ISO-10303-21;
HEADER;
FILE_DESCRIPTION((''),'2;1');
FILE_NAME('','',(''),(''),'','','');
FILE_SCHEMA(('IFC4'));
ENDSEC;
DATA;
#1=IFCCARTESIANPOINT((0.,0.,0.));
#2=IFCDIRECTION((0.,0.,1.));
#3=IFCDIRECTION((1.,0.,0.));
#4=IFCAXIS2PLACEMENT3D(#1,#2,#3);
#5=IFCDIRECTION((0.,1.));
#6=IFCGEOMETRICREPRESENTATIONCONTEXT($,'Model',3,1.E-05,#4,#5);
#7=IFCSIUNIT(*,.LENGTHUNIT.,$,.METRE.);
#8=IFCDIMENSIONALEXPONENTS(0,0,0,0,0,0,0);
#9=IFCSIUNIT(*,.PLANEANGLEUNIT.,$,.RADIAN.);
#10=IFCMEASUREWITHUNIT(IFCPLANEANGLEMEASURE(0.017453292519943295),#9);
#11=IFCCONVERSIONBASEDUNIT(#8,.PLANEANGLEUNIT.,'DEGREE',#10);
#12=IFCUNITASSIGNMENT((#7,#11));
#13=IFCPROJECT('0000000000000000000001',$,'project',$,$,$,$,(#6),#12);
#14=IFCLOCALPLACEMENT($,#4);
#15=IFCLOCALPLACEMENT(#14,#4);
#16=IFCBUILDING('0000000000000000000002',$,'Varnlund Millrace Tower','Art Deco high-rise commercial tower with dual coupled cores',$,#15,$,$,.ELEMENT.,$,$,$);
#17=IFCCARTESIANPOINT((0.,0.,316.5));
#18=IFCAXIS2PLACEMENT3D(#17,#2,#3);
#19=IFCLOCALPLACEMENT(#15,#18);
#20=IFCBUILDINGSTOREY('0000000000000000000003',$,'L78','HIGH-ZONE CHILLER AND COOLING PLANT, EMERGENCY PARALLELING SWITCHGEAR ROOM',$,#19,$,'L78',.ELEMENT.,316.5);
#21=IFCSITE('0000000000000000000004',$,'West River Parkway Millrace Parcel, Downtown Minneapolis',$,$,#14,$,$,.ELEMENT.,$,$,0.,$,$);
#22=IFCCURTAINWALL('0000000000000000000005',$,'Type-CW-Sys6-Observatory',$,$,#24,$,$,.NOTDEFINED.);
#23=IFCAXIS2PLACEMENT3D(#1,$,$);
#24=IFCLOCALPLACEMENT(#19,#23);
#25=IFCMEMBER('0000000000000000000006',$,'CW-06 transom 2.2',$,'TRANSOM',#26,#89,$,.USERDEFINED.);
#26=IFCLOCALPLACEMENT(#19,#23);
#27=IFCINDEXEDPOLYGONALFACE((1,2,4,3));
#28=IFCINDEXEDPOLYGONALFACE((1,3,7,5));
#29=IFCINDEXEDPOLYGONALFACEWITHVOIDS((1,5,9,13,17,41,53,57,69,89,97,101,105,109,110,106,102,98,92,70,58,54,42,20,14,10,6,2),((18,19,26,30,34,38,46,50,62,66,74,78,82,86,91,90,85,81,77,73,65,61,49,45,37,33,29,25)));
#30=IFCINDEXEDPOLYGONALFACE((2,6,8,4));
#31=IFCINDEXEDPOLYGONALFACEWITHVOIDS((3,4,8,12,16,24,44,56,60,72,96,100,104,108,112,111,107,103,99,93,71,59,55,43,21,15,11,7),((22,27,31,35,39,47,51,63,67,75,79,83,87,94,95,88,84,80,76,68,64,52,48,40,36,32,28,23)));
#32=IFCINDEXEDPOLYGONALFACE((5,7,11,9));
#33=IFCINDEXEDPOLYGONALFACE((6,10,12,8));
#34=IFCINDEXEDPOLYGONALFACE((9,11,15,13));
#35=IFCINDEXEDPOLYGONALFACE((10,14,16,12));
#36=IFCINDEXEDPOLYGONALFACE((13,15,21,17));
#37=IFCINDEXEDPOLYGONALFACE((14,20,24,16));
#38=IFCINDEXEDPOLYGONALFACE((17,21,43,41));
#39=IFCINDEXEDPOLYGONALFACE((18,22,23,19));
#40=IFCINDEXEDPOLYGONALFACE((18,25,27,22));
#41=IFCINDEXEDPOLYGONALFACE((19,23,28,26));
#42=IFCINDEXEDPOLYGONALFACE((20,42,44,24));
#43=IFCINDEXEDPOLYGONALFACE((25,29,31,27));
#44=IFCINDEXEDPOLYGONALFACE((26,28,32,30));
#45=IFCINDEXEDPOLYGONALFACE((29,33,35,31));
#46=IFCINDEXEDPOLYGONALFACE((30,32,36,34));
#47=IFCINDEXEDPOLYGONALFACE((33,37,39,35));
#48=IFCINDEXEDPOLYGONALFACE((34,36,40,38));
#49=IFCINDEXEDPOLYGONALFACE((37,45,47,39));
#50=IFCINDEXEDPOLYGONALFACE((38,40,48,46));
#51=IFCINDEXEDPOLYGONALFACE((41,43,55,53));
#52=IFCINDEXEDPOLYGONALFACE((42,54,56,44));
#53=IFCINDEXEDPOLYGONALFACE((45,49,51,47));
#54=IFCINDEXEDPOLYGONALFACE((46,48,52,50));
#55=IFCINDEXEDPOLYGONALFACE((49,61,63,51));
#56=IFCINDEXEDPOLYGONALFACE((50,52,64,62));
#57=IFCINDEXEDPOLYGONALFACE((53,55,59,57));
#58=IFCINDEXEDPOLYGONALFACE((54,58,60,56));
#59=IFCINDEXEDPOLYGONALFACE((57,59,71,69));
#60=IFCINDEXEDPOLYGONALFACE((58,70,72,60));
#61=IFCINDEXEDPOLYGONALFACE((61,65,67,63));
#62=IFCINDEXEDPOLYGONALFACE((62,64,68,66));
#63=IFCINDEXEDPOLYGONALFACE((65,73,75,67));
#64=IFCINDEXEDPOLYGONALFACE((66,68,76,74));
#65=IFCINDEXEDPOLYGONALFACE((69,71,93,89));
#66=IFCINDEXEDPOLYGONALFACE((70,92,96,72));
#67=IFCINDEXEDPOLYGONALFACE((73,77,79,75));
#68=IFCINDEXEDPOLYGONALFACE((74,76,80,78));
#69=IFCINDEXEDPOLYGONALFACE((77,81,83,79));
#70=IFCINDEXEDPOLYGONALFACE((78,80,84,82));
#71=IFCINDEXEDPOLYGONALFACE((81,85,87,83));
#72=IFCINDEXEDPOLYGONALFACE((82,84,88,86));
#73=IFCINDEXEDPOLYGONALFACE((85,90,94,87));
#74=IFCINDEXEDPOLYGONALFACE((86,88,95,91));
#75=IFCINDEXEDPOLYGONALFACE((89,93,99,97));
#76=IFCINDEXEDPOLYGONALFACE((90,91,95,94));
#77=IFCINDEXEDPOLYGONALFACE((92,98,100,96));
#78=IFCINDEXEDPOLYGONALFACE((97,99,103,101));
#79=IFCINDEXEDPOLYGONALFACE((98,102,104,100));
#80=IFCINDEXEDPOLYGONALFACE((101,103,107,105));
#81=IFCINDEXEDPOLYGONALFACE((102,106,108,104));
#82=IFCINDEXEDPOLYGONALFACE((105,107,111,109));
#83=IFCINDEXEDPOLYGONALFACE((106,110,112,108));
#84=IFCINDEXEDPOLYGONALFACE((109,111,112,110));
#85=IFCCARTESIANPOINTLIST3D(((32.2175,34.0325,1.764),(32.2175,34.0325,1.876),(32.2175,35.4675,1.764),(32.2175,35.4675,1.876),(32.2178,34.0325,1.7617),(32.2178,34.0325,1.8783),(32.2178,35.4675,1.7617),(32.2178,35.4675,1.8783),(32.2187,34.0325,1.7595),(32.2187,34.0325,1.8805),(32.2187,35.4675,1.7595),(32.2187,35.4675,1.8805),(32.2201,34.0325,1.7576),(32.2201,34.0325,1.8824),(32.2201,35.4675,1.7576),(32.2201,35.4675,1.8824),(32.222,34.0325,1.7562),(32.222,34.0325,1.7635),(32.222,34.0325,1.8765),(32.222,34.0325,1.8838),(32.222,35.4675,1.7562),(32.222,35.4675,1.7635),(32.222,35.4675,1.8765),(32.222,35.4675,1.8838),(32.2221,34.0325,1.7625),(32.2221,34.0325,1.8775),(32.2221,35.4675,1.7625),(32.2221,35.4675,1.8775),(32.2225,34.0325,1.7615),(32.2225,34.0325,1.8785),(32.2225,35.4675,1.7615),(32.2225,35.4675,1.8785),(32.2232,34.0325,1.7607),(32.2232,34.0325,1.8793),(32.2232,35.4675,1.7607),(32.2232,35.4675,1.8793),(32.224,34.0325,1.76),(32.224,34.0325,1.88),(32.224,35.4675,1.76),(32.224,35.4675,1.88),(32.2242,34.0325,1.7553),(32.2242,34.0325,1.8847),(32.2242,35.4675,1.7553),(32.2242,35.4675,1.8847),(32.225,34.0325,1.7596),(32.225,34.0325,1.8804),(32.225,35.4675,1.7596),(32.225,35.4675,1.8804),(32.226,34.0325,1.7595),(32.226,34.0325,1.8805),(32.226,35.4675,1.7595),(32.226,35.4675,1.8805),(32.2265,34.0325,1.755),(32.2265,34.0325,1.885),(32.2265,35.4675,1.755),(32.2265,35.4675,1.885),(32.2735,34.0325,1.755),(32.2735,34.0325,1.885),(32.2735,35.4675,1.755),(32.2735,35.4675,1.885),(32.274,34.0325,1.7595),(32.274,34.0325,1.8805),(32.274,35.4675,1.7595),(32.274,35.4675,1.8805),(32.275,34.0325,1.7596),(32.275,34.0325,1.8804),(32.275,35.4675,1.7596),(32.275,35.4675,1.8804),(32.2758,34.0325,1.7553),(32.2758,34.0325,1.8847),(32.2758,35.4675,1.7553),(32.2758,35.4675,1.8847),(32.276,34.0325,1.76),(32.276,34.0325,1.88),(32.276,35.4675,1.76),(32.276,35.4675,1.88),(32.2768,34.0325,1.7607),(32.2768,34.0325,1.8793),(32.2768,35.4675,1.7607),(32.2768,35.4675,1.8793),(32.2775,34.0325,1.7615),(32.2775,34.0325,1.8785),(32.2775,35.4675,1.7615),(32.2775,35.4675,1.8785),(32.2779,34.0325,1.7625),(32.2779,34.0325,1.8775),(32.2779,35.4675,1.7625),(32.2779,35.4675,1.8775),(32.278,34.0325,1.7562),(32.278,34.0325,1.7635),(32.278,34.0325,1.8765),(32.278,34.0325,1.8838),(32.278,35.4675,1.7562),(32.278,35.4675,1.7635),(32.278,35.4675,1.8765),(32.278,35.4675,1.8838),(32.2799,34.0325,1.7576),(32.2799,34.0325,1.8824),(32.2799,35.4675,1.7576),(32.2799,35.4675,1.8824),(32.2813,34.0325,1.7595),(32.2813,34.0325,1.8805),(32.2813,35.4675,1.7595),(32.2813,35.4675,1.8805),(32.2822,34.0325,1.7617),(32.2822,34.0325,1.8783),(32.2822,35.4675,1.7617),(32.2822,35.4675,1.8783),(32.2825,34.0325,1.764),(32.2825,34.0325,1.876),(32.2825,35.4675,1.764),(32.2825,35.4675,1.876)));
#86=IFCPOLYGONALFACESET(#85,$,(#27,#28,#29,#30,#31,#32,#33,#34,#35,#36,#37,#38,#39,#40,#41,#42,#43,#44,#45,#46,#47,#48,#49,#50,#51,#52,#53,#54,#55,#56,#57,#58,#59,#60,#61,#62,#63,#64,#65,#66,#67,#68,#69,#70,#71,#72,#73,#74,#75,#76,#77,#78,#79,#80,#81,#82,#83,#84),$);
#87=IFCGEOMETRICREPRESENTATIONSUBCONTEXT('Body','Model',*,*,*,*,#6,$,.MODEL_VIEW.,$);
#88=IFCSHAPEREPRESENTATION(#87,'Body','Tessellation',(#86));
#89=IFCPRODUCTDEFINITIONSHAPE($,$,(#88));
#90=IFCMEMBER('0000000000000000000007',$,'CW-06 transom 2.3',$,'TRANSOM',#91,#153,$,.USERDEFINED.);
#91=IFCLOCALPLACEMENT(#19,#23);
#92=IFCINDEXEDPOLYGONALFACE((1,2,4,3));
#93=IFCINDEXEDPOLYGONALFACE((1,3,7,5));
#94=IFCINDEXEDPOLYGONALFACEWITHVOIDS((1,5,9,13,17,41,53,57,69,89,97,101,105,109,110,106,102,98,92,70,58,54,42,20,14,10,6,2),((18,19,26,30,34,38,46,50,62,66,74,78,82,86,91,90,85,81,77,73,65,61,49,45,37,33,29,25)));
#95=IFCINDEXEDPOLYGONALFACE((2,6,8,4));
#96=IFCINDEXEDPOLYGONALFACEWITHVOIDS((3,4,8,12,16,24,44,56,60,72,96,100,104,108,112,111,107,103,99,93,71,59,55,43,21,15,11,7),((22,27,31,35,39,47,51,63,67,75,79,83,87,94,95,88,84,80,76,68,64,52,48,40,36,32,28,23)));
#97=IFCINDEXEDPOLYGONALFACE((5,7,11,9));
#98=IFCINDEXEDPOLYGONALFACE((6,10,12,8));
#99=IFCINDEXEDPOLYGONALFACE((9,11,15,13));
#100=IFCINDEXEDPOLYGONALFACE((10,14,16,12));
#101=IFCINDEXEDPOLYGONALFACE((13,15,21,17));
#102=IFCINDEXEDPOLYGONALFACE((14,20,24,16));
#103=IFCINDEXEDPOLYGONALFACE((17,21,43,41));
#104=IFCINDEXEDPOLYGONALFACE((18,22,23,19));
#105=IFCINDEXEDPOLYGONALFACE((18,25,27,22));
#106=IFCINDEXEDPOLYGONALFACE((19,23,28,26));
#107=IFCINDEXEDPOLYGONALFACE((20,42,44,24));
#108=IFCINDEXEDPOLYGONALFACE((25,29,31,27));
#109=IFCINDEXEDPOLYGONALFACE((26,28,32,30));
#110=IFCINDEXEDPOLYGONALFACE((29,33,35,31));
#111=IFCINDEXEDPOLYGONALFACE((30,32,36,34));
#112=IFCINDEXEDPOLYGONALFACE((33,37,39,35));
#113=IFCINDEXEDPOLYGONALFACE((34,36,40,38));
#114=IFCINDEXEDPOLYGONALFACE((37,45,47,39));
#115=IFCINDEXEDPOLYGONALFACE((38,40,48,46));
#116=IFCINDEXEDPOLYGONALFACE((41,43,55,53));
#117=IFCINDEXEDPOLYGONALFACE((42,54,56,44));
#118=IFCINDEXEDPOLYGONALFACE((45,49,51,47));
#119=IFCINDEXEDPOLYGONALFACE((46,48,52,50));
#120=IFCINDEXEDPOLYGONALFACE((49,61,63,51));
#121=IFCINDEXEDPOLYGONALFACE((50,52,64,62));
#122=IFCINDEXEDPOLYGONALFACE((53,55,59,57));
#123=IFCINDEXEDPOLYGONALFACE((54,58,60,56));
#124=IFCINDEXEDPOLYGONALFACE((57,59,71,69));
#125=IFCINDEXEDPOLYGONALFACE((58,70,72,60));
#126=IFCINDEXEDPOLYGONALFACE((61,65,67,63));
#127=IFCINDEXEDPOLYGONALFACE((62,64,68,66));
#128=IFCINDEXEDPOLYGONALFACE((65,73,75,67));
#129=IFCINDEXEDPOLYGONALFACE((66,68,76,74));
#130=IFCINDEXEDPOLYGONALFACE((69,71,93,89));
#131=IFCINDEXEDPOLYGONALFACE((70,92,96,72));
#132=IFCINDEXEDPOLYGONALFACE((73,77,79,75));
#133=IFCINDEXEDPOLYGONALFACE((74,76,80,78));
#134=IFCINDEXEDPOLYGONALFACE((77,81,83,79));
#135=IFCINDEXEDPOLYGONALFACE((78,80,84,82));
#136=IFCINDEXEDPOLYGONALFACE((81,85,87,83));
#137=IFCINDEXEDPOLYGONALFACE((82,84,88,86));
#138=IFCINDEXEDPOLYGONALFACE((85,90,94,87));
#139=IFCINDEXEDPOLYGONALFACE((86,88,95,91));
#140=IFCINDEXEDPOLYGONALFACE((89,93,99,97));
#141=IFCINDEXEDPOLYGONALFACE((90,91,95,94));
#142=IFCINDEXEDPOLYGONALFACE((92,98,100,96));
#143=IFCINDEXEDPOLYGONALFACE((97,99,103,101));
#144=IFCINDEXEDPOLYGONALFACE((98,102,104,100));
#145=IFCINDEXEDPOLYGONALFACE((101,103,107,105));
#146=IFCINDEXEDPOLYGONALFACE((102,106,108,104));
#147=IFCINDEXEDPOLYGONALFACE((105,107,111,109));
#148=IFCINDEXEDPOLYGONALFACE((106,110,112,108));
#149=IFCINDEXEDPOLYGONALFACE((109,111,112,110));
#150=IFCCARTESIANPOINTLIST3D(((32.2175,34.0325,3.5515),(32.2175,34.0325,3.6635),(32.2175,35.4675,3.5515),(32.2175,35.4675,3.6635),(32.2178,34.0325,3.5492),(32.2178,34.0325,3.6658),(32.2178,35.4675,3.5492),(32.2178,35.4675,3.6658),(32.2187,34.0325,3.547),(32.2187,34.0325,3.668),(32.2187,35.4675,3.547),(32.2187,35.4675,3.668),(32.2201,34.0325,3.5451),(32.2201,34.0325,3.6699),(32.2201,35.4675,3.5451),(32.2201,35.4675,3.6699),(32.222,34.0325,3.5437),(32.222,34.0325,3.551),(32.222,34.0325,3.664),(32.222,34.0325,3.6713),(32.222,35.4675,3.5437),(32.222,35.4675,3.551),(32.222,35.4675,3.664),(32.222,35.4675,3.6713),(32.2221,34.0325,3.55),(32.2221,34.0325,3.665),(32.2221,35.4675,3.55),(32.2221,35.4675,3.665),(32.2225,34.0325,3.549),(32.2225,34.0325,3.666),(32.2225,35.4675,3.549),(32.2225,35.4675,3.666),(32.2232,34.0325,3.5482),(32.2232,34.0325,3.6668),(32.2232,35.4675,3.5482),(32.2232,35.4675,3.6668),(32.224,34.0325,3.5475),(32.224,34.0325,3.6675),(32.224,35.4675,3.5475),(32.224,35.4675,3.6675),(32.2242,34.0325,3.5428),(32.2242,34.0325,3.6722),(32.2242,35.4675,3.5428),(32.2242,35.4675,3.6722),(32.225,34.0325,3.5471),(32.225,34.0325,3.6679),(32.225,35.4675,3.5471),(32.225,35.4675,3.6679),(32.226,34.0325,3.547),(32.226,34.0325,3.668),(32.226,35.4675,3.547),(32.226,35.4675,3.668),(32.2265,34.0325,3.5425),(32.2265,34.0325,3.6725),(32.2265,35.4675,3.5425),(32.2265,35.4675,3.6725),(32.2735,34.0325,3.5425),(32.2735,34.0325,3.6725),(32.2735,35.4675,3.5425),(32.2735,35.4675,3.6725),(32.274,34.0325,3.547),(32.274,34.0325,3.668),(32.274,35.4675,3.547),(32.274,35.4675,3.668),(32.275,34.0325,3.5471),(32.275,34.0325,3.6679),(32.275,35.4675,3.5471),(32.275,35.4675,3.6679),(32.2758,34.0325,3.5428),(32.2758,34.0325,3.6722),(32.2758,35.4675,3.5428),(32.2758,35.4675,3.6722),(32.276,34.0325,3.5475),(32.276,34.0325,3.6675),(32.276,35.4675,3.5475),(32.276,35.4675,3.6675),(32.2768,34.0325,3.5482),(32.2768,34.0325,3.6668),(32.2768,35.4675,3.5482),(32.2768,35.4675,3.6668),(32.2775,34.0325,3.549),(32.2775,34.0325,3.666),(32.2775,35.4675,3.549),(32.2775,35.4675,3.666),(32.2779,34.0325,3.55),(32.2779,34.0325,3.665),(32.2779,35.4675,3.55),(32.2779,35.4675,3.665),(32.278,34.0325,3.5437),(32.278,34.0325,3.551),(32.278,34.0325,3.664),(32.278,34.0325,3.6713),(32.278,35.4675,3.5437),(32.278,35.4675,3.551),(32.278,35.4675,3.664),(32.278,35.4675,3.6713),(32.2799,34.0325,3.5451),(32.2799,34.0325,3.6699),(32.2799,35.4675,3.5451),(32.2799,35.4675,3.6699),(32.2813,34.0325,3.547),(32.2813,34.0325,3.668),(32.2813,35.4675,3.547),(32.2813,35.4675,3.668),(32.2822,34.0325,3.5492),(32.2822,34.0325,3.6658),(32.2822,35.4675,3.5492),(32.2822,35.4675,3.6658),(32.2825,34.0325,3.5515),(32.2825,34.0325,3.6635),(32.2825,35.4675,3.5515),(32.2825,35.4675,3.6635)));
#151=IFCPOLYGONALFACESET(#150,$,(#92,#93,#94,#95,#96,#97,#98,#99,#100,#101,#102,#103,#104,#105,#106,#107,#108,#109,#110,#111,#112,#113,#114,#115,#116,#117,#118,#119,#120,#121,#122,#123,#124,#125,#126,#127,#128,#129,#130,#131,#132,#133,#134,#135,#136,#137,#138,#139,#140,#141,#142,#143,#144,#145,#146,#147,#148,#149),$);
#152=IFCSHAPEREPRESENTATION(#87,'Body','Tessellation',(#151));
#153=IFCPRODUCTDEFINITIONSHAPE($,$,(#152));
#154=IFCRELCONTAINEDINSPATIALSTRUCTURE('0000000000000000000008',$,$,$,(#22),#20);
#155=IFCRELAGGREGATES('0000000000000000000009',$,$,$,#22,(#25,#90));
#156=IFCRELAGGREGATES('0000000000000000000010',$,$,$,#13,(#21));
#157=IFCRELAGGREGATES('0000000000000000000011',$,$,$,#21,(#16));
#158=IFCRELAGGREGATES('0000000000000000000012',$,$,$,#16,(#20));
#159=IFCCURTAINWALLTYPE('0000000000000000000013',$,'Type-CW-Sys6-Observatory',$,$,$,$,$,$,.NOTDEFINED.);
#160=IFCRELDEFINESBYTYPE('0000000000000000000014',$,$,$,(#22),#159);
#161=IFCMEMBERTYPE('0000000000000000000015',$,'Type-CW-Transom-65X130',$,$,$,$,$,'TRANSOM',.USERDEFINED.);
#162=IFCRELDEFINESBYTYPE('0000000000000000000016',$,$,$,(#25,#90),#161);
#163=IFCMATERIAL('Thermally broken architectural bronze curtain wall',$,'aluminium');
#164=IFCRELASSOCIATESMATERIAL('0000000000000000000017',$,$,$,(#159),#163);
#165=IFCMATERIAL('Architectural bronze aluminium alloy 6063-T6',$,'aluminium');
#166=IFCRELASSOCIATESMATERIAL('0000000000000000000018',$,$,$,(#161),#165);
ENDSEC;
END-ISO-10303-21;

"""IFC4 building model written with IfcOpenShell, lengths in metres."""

from ifc_helpers import new_model, entity, si_unit, converted_unit, direction, frame, origin_with_axes, origin_2d_with_axis, place, context, subcontext, project, spatial, hollow_rectangle, extrude, material, material_profile, profile_set, type_object, element, aggregate, save


model = new_model("IFC4")

# Units and contexts
model_context = context("Model", 3, precision=1e-05, world=origin_with_axes(), true_north=direction((0.0, 1.0)))
body_context = subcontext(model_context, "Body", "Model", "MODEL_VIEW")
ifc_project = project(units=[si_unit("LENGTHUNIT", "METRE"), converted_unit("PLANEANGLEUNIT", "DEGREE", entity("IfcPlaneAngleMeasure", 0.017453292519943295), si_unit("PLANEANGLEUNIT", "RADIAN"), dimensions=[0, 0, 0, 0, 0, 0, 0])], contexts=[model_context])

# Site, building, storey
site_placement = place(None, origin_with_axes())
site = spatial("IfcSite", under=ifc_project, at=site_placement, Name="West River Parkway Millrace Parcel, Downtown Minneapolis", CompositionType="ELEMENT", RefElevation=0.0)
building_placement = place(site_placement, origin_with_axes())
building = spatial("IfcBuilding", under=site, at=building_placement, Name="Varnlund Millrace Tower", Description="Art Deco high-rise commercial tower with dual coupled cores", CompositionType="ELEMENT")
storey_placement = place(building_placement, frame((0.0, 0.0, 316.5), z_axis=(0.0, 0.0, 1.0), x_axis=(1.0, 0.0, 0.0)))
storey = spatial("IfcBuildingStorey", under=building, at=storey_placement, Name="L78", Description="HIGH-ZONE CHILLER AND COOLING PLANT, EMERGENCY PARALLELING SWITCHGEAR ROOM", LongName="L78", CompositionType="ELEMENT", Elevation=316.5)

# Curtain wall, members
ifc_material_1 = material(Name="Thermally broken architectural bronze curtain wall", Category="aluminium")
curtain_wall_type = type_object("IfcCurtainWallType", Name="Type-CW-Sys6-Observatory", PredefinedType="NOTDEFINED", material=ifc_material_1)
curtain_wall_1_placement = place(storey_placement, frame((32.25, 37.0, 0.0), z_axis=(0.0, 0.0, 1.0), x_axis=(1.0, 0.0, 0.0)))
curtain_wall_1 = element("IfcCurtainWall", 1, at=curtain_wall_1_placement, inside=storey, type_object=curtain_wall_type, Name="Type-CW-Sys6-Observatory", PredefinedType="NOTDEFINED")
ifc_material_2 = material(Name="Architectural bronze aluminium alloy 6063-T6", Category="aluminium")
ifc_material_profile_1 = material_profile(ifc_material_2, hollow_rectangle(XDim=0.065, YDim=0.13, WallThickness=0.0045, InnerFilletRadius=0.004, OuterFilletRadius=0.009, at=origin_2d_with_axis()), Name="Architectural bronze aluminium alloy 6063-T6")
ifc_profile_set_1 = profile_set([ifc_material_profile_1], Name="Architectural bronze aluminium alloy 6063-T6")
member_type = type_object("IfcMemberType", Name="Type-CW-Transom-65X130", ElementType="TRANSOM", PredefinedType="USERDEFINED", material=ifc_profile_set_1)
member_1_placement = place(storey_placement, frame((32.25, 35.4675, 1.82), z_axis=(0.0, -1.0, 0.0), x_axis=(1.0, 0.0, 0.0)))
member_1 = element("IfcMember", 2, at=member_1_placement, type_object=member_type, Name="CW-06 transom 2.2", ObjectType="TRANSOM", PredefinedType="USERDEFINED", context=body_context, shape_type="SweptSolid", body=[
    extrude(hollow_rectangle(XDim=0.065, YDim=0.13, WallThickness=0.0045, InnerFilletRadius=0.004, OuterFilletRadius=0.009, at=origin_2d_with_axis()), origin_with_axes(), (0.0, 0.0, 1.0), 1.435),
])
member_2_placement = place(storey_placement, frame((32.25, 35.4675, 3.6075), z_axis=(0.0, -1.0, 0.0), x_axis=(1.0, 0.0, 0.0)))
member_2 = element("IfcMember", 3, at=member_2_placement, type_object=member_type, Name="CW-06 transom 2.3", ObjectType="TRANSOM", PredefinedType="USERDEFINED", context=body_context, shape_type="SweptSolid", body=[
    extrude(hollow_rectangle(XDim=0.065, YDim=0.13, WallThickness=0.0045, InnerFilletRadius=0.004, OuterFilletRadius=0.009, at=origin_2d_with_axis()), origin_with_axes(), (0.0, 0.0, 1.0), 1.435),
])

aggregate(curtain_wall_1, [member_1, member_2])

save(model, "model.ifc")
